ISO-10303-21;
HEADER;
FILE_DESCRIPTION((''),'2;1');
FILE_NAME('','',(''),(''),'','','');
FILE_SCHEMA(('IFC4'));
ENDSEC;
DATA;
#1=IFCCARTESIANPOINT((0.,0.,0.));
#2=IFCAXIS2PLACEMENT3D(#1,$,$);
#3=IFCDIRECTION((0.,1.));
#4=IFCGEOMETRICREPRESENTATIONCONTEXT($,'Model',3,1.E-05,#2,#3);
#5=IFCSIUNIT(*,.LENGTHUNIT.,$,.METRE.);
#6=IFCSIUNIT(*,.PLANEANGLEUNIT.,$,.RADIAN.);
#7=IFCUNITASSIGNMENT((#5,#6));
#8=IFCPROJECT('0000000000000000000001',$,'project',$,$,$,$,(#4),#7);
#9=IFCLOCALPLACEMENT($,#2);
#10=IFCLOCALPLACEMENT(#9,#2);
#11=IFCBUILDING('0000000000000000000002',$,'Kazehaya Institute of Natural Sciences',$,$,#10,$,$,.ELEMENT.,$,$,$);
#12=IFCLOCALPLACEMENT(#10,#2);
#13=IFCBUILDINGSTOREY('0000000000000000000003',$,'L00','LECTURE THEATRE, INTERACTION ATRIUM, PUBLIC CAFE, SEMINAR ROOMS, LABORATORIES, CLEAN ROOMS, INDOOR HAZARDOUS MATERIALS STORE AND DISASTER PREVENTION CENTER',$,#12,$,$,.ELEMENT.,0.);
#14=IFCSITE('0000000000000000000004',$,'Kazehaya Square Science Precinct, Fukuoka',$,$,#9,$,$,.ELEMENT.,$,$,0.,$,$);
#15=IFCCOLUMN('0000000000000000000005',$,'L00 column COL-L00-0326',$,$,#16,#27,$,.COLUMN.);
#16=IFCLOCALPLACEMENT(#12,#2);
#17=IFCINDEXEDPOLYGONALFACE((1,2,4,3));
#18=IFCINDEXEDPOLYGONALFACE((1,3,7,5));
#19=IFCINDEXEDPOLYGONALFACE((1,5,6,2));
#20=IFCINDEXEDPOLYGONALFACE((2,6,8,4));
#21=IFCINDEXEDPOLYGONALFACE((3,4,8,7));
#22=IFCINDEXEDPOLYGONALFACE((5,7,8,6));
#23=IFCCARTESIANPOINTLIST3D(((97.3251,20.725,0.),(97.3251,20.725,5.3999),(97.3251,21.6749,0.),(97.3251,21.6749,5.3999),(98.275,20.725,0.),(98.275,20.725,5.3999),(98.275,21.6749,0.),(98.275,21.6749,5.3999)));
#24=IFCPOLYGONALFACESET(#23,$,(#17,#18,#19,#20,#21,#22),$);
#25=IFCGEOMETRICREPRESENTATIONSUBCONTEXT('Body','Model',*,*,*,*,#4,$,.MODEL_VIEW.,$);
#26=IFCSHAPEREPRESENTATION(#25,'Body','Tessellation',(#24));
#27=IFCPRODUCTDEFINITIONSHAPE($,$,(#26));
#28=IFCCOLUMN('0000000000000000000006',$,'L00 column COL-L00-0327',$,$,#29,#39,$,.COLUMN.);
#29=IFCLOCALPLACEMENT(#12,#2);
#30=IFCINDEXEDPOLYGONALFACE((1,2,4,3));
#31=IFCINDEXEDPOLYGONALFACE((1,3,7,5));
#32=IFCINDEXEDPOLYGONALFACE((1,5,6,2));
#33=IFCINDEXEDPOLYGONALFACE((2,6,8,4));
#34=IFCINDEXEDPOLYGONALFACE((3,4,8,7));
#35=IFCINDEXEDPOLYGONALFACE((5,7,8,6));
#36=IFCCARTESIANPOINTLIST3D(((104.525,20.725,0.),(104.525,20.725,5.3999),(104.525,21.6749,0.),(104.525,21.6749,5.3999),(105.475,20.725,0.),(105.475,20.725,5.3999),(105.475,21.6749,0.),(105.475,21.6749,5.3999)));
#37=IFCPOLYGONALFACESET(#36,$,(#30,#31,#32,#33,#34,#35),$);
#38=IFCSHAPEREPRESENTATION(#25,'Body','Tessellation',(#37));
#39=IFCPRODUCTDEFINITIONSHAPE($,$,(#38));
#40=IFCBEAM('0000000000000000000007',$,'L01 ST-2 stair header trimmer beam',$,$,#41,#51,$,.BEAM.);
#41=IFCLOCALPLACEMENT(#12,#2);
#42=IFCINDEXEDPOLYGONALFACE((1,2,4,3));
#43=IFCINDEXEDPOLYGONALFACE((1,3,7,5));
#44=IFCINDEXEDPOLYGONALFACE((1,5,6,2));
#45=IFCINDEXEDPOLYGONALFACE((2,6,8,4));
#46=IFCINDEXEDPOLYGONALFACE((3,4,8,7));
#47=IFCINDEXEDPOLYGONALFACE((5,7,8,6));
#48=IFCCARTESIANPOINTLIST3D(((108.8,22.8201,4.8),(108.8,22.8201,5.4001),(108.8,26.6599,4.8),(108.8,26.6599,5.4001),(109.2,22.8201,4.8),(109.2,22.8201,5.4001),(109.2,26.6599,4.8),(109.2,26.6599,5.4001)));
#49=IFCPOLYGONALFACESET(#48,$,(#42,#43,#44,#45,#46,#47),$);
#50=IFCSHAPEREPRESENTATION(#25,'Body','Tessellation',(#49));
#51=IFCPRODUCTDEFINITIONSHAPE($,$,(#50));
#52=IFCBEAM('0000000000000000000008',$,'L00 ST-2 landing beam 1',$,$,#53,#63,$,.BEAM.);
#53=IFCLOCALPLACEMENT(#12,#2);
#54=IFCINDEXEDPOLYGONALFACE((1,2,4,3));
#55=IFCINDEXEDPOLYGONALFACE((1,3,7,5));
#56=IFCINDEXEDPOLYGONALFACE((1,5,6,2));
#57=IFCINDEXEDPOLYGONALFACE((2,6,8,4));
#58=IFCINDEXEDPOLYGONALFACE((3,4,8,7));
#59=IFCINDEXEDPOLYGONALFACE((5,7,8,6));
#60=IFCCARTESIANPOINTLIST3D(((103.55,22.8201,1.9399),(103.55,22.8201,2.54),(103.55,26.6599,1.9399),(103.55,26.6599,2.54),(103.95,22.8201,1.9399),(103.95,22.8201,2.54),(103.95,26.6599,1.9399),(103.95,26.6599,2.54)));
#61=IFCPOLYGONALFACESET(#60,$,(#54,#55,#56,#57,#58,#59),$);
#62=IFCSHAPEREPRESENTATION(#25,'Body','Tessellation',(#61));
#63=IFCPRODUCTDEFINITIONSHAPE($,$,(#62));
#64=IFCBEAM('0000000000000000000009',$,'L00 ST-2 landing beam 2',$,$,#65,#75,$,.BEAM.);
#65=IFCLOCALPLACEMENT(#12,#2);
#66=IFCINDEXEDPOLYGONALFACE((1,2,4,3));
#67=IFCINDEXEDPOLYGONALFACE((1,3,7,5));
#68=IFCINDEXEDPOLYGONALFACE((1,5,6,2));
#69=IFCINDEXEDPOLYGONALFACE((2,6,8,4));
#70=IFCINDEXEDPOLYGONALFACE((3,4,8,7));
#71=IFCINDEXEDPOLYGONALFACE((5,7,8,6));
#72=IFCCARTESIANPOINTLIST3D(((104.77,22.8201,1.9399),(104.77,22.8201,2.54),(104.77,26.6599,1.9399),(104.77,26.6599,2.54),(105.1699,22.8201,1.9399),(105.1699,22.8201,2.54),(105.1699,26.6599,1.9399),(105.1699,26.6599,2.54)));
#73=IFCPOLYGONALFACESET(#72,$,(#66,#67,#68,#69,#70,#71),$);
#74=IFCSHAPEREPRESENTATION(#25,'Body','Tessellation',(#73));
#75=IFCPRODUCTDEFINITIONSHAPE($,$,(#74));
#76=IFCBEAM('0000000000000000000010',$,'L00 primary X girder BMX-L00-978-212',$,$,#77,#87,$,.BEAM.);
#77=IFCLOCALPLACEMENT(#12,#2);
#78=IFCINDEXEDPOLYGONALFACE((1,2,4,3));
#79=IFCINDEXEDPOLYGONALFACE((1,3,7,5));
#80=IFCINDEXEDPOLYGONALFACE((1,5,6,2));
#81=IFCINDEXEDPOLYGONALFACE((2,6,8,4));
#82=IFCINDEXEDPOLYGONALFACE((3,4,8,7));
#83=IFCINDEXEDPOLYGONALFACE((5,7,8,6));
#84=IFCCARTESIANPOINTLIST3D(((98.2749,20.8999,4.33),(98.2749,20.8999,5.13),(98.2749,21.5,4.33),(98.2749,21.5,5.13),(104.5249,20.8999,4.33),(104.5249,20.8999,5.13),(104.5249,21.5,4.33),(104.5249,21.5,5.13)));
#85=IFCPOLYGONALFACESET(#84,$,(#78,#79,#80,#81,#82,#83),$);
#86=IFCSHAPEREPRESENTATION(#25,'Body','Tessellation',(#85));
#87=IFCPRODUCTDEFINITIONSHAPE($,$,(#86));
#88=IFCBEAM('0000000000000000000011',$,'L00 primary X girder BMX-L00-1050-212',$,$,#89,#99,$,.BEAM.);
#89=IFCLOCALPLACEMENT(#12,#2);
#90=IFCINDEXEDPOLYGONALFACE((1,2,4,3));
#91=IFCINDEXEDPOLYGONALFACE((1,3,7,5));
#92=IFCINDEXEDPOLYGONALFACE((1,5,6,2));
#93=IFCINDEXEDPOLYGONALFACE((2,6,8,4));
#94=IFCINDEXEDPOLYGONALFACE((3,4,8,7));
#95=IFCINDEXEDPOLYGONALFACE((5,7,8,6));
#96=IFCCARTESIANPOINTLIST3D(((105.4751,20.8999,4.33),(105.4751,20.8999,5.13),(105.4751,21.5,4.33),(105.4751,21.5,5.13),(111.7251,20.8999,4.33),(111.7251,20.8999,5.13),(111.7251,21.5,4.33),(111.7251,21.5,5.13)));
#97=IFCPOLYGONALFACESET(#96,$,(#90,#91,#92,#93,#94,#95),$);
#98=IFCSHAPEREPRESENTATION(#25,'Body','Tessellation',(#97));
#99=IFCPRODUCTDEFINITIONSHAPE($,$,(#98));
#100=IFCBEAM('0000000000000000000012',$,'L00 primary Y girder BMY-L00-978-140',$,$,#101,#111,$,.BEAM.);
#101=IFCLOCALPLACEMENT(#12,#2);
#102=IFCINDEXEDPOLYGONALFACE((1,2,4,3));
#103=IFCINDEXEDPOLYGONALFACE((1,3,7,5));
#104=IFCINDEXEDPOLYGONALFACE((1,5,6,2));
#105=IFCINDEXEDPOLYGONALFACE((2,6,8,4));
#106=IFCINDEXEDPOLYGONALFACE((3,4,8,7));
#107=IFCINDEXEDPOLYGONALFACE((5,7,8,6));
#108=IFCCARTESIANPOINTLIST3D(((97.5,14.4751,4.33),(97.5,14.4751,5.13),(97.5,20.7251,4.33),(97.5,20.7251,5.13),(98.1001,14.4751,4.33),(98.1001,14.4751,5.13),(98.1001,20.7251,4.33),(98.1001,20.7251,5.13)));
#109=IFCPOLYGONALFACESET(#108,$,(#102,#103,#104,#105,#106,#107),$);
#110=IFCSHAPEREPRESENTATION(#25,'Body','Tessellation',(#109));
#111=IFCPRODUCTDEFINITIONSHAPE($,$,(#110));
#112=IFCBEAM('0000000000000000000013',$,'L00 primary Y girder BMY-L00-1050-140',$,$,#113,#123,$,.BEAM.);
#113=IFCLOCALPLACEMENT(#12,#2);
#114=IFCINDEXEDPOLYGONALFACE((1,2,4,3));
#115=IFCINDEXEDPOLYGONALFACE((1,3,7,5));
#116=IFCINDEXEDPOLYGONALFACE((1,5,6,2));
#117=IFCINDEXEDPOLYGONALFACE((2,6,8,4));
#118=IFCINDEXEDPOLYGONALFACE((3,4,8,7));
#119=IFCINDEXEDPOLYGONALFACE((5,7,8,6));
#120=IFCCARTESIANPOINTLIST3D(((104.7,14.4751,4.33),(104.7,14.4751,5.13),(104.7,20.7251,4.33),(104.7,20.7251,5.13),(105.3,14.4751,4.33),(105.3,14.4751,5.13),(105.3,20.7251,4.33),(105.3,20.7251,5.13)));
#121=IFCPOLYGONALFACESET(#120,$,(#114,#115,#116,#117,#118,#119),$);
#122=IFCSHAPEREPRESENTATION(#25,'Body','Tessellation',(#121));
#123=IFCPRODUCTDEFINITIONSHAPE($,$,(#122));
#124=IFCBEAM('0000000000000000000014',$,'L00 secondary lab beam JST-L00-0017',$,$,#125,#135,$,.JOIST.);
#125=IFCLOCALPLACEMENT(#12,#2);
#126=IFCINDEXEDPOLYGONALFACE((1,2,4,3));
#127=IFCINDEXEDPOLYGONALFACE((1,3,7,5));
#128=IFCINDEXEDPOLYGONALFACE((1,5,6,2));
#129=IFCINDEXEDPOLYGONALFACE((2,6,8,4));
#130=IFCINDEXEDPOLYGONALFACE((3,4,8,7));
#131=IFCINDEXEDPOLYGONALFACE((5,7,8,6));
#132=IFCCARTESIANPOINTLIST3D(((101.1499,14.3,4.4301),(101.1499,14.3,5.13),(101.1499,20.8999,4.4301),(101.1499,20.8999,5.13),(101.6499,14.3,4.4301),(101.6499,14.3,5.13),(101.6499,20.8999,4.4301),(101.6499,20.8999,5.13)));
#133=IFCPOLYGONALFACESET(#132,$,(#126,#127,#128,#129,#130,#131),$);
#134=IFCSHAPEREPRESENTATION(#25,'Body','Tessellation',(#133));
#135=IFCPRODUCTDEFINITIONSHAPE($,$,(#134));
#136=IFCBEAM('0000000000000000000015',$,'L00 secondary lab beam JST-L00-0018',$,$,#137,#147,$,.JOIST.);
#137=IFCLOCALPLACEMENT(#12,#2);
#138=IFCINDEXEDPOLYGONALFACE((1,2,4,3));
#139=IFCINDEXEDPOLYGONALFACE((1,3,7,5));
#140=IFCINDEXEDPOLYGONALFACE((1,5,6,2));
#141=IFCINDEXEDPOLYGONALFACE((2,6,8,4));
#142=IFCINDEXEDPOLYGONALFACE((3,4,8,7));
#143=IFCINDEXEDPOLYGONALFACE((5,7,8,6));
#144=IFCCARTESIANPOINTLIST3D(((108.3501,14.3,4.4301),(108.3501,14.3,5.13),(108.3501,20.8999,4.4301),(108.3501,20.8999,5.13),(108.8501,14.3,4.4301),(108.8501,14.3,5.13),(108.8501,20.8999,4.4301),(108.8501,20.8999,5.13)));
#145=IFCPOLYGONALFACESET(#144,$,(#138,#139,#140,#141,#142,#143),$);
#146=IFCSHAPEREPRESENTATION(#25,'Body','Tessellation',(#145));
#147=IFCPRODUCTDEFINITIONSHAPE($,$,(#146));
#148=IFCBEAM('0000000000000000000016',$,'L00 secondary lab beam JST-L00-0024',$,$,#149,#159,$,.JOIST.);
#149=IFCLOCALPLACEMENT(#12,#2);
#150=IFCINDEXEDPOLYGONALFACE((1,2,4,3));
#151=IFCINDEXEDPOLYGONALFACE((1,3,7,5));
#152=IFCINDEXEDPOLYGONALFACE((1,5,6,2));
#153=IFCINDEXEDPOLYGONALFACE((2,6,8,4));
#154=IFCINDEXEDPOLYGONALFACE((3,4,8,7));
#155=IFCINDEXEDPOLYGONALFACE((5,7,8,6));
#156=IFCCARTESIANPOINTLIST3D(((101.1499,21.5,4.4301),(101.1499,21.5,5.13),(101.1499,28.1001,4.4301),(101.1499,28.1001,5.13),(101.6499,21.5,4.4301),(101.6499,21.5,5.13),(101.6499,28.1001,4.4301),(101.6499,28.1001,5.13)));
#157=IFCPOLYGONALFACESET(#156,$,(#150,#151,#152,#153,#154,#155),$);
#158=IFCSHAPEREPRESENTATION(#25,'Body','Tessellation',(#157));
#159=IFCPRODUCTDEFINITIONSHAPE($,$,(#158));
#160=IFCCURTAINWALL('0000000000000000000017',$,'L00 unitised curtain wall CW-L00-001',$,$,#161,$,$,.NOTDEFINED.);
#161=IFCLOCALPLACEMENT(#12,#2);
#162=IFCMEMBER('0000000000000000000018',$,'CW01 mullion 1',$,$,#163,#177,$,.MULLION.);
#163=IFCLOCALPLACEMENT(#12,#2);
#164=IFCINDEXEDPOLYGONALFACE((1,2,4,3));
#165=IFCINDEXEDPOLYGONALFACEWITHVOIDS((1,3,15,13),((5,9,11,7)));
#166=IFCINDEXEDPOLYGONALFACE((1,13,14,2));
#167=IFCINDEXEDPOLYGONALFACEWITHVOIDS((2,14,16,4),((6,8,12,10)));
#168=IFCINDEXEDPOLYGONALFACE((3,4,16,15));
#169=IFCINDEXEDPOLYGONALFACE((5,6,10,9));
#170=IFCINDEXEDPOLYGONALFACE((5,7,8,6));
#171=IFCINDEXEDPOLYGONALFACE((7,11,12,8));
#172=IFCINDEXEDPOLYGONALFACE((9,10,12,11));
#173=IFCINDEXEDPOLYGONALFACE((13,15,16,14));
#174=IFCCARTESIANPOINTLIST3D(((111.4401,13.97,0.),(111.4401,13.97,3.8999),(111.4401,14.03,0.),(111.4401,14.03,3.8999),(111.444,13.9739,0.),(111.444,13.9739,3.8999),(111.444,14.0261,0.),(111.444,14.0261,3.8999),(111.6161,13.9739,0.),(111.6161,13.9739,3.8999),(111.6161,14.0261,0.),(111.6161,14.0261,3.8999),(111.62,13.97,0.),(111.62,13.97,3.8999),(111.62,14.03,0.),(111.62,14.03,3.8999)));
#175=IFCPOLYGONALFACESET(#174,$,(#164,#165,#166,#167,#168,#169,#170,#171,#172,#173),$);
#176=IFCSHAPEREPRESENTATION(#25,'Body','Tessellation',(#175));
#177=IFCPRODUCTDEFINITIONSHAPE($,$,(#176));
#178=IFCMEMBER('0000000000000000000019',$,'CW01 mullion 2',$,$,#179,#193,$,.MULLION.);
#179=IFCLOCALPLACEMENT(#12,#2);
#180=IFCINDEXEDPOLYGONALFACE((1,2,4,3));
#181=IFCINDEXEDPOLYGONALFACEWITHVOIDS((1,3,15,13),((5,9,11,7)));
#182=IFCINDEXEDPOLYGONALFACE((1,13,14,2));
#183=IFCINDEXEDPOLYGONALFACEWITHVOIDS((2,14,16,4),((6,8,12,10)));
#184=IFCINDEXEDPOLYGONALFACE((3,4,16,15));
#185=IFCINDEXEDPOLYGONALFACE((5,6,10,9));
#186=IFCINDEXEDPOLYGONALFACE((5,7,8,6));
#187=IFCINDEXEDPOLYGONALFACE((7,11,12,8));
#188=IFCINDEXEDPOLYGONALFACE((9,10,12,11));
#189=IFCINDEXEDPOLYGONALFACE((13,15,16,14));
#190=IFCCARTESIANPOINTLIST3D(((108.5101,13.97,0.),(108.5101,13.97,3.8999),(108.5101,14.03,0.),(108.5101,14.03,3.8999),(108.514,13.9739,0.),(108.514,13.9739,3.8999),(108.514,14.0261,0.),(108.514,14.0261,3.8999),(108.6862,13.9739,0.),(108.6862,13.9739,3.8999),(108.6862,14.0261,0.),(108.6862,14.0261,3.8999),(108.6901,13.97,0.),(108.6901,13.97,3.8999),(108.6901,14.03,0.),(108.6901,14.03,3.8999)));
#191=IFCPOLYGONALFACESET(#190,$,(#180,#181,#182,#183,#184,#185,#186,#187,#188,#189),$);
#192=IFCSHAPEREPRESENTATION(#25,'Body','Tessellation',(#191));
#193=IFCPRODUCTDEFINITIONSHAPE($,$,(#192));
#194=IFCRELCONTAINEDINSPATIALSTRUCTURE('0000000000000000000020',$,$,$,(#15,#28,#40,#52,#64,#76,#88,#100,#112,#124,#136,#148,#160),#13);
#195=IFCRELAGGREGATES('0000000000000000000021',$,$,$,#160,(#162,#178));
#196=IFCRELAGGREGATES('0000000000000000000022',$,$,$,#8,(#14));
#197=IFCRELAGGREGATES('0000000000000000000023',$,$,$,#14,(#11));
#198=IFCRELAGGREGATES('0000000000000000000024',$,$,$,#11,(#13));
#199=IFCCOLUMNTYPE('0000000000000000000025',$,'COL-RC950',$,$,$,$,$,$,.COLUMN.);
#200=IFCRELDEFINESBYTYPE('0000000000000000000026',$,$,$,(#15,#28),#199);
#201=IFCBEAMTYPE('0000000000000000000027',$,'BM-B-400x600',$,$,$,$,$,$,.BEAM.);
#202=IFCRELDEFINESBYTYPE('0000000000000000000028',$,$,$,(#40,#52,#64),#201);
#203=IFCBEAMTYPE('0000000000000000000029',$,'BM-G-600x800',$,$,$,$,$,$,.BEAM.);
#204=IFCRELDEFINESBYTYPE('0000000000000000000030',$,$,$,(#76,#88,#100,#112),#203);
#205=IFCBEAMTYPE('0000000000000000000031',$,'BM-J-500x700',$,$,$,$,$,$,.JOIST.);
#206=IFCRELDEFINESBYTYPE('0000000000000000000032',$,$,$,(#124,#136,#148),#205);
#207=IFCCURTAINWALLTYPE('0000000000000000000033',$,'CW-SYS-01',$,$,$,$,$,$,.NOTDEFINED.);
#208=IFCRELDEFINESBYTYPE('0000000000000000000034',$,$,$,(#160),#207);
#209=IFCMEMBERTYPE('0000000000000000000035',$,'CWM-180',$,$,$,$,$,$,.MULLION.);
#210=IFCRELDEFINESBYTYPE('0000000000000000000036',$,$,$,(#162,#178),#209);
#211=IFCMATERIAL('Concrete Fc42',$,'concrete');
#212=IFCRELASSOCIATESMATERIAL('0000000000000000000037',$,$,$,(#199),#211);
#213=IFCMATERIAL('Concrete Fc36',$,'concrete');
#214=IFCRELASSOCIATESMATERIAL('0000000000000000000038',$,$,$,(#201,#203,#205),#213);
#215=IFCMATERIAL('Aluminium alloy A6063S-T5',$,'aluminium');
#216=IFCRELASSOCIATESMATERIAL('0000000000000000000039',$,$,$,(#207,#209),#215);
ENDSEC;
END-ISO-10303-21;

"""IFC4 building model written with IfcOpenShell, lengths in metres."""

from ifc_helpers import new_model, si_unit, direction, frame, origin, origin_2d, place, context, subcontext, project, spatial, rectangle, hollow_rectangle, extrude, material, material_profile, profile_set, type_object, element, aggregate, save


model = new_model("IFC4")

# Units and contexts
model_context = context("Model", 3, precision=1e-05, world=origin(), true_north=direction((0.0, 1.0)))
body_context = subcontext(model_context, "Body", "Model", "MODEL_VIEW")
ifc_project = project(units=[si_unit("LENGTHUNIT", "METRE"), si_unit("PLANEANGLEUNIT", "RADIAN")], contexts=[model_context])

# Site, building, storey
site_placement = place(None, origin())
site = spatial("IfcSite", under=ifc_project, at=site_placement, Name="Kazehaya Square Science Precinct, Fukuoka", CompositionType="ELEMENT", RefElevation=0.0)
building_placement = place(site_placement, origin())
building = spatial("IfcBuilding", under=site, at=building_placement, Name="Kazehaya Institute of Natural Sciences", CompositionType="ELEMENT")
storey_placement = place(building_placement, origin())
storey = spatial("IfcBuildingStorey", under=building, at=storey_placement, Name="L00", Description="LECTURE THEATRE, INTERACTION ATRIUM, PUBLIC CAFE, SEMINAR ROOMS, LABORATORIES, CLEAN ROOMS, INDOOR HAZARDOUS MATERIALS STORE AND DISASTER PREVENTION CENTER", CompositionType="ELEMENT", Elevation=0.0)

# Columns
ifc_material_1 = material(Name="Concrete Fc42", Category="concrete")
ifc_material_profile_1 = material_profile(ifc_material_1, rectangle(XDim=0.95, YDim=0.95, at=origin_2d()), Name="RC-950x950")
ifc_profile_set_1 = profile_set([ifc_material_profile_1], Name="Concrete Fc42")
column_type = type_object("IfcColumnType", Name="COL-RC950", PredefinedType="COLUMN", material=ifc_profile_set_1)
for number, where, z_axis, x_axis, name in (
    (1, (97.8, 21.2, 0.0), (0.0, 0.0, 1.0), (1.0, 0.0, 0.0), "L00 column COL-L00-0326"),
    (2, (105.0, 21.2, 0.0), (0.0, 0.0, 1.0), (1.0, 0.0, 0.0), "L00 column COL-L00-0327"),
):
    element("IfcColumn", number, at=place(storey_placement, frame(where, z_axis=z_axis, x_axis=x_axis)), inside=storey, type_object=column_type, Name=name, PredefinedType="COLUMN", context=body_context, shape_type="SweptSolid", body=[
        extrude(rectangle(XDim=0.95, YDim=0.95, at=origin_2d()), origin(), (0.0, 0.0, 1.0), 5.3999),
    ])

# Beams
ifc_material_2 = material(Name="Concrete Fc36", Category="concrete")
ifc_material_profile_2 = material_profile(ifc_material_2, rectangle(XDim=0.3999, YDim=0.6001, at=origin_2d()), Name="RC-400x600")
ifc_profile_set_2 = profile_set([ifc_material_profile_2], Name="Concrete Fc36")
beam_type_1 = type_object("IfcBeamType", Name="BM-B-400x600", PredefinedType="BEAM", material=ifc_profile_set_2)
for number, where, z_axis, x_axis, name in (
    (3, (109.0, 22.8201, 5.1001), (0.0, 1.0, 0.0), (-1.0, 0.0, 0.0), "L01 ST-2 stair header trimmer beam"),
    (4, (103.75, 22.8201, 2.24), (0.0, 1.0, 0.0), (-1.0, 0.0, 0.0), "L00 ST-2 landing beam 1"),
    (5, (104.97, 22.8201, 2.24), (0.0, 1.0, 0.0), (-1.0, 0.0, 0.0), "L00 ST-2 landing beam 2"),
):
    element("IfcBeam", number, at=place(storey_placement, frame(where, z_axis=z_axis, x_axis=x_axis)), inside=storey, type_object=beam_type_1, Name=name, PredefinedType="BEAM", context=body_context, shape_type="SweptSolid", body=[
        extrude(rectangle(XDim=0.3999, YDim=0.6001, at=origin_2d()), origin(), (0.0, 0.0, 1.0), 3.8398),
    ])
ifc_material_profile_3 = material_profile(ifc_material_2, rectangle(XDim=0.6001, YDim=0.8, at=origin_2d()), Name="RC-600x800")
ifc_profile_set_3 = profile_set([ifc_material_profile_3], Name="Concrete Fc36")
beam_type_2 = type_object("IfcBeamType", Name="BM-G-600x800", PredefinedType="BEAM", material=ifc_profile_set_3)
for number, where, z_axis, x_axis, name in (
    (6, (98.2749, 21.2, 4.73), (1.0, 0.0, 0.0), (0.0, 1.0, 0.0), "L00 primary X girder BMX-L00-978-212"),
    (7, (105.4751, 21.2, 4.73), (1.0, 0.0, 0.0), (0.0, 1.0, 0.0), "L00 primary X girder BMX-L00-1050-212"),
    (8, (97.8, 14.4751, 4.73), (0.0, 1.0, 0.0), (-1.0, 0.0, 0.0), "L00 primary Y girder BMY-L00-978-140"),
    (9, (105.0, 14.4751, 4.73), (0.0, 1.0, 0.0), (-1.0, 0.0, 0.0), "L00 primary Y girder BMY-L00-1050-140"),
):
    element("IfcBeam", number, at=place(storey_placement, frame(where, z_axis=z_axis, x_axis=x_axis)), inside=storey, type_object=beam_type_2, Name=name, PredefinedType="BEAM", context=body_context, shape_type="SweptSolid", body=[
        extrude(rectangle(XDim=0.6001, YDim=0.8, at=origin_2d()), origin(), (0.0, 0.0, 1.0), 6.25),
    ])
ifc_material_profile_4 = material_profile(ifc_material_2, rectangle(XDim=0.5, YDim=0.7, at=origin_2d()), Name="RC-500x700")
ifc_profile_set_4 = profile_set([ifc_material_profile_4], Name="Concrete Fc36")
beam_type_3 = type_object("IfcBeamType", Name="BM-J-500x700", PredefinedType="JOIST", material=ifc_profile_set_4)
for number, where, z_axis, x_axis, name in (
    (10, (101.3999, 14.3, 4.78), (0.0, 1.0, 0.0), (-1.0, 0.0, 0.0), "L00 secondary lab beam JST-L00-0017"),
    (11, (108.6001, 14.3, 4.78), (0.0, 1.0, 0.0), (-1.0, 0.0, 0.0), "L00 secondary lab beam JST-L00-0018"),
):
    element("IfcBeam", number, at=place(storey_placement, frame(where, z_axis=z_axis, x_axis=x_axis)), inside=storey, type_object=beam_type_3, Name=name, PredefinedType="JOIST", context=body_context, shape_type="SweptSolid", body=[
        extrude(rectangle(XDim=0.5, YDim=0.7, at=origin_2d()), origin(), (0.0, 0.0, 1.0), 6.5999),
    ])
beam_placement = place(storey_placement, frame((101.3999, 21.5, 4.78), z_axis=(0.0, 1.0, 0.0), x_axis=(-1.0, 0.0, 0.0)))
element("IfcBeam", 12, at=beam_placement, inside=storey, type_object=beam_type_3, Name="L00 secondary lab beam JST-L00-0024", PredefinedType="JOIST", context=body_context, shape_type="SweptSolid", body=[
    extrude(rectangle(XDim=0.5, YDim=0.7, at=origin_2d()), origin(), (0.0, 0.0, 1.0), 6.6001),
])

# Curtain wall, members
ifc_material_3 = material(Name="Aluminium alloy A6063S-T5", Category="aluminium")
curtain_wall_type = type_object("IfcCurtainWallType", Name="CW-SYS-01", PredefinedType="NOTDEFINED", material=ifc_material_3)
curtain_wall_placement = place(storey_placement, origin())
curtain_wall = element("IfcCurtainWall", 13, at=curtain_wall_placement, inside=storey, type_object=curtain_wall_type, Name="L00 unitised curtain wall CW-L00-001", PredefinedType="NOTDEFINED")
ifc_material_profile_5 = material_profile(ifc_material_3, hollow_rectangle(XDim=0.0601, YDim=0.1799, WallThickness=0.0039, at=origin_2d()), Name="ALU-60x180x4")
ifc_profile_set_5 = profile_set([ifc_material_profile_5], Name="Aluminium alloy A6063S-T5")
member_type_1 = type_object("IfcMemberType", Name="CWM-180", PredefinedType="MULLION", material=ifc_profile_set_5)
member_1_placement = place(storey_placement, frame((111.53, 14.0, 0.0), z_axis=(0.0, 0.0, 1.0), x_axis=(0.0, -1.0, 0.0)))
member_1 = element("IfcMember", 14, at=member_1_placement, type_object=member_type_1, Name="CW01 mullion 1", PredefinedType="MULLION", context=body_context, shape_type="SweptSolid", body=[
    extrude(hollow_rectangle(XDim=0.0601, YDim=0.1799, WallThickness=0.0039, at=origin_2d()), origin(), (0.0, 0.0, 1.0), 3.8999),
])
member_2_placement = place(storey_placement, frame((108.6001, 14.0, 0.0), z_axis=(0.0, 0.0, 1.0), x_axis=(0.0, -1.0, 0.0)))
member_2 = element("IfcMember", 15, at=member_2_placement, type_object=member_type_1, Name="CW01 mullion 2", PredefinedType="MULLION", context=body_context, shape_type="SweptSolid", body=[
    extrude(hollow_rectangle(XDim=0.0601, YDim=0.1799, WallThickness=0.0039, at=origin_2d()), origin(), (0.0, 0.0, 1.0), 3.8999),
])
aggregate(curtain_wall, [member_1, member_2])

save(model, "model.ifc")
